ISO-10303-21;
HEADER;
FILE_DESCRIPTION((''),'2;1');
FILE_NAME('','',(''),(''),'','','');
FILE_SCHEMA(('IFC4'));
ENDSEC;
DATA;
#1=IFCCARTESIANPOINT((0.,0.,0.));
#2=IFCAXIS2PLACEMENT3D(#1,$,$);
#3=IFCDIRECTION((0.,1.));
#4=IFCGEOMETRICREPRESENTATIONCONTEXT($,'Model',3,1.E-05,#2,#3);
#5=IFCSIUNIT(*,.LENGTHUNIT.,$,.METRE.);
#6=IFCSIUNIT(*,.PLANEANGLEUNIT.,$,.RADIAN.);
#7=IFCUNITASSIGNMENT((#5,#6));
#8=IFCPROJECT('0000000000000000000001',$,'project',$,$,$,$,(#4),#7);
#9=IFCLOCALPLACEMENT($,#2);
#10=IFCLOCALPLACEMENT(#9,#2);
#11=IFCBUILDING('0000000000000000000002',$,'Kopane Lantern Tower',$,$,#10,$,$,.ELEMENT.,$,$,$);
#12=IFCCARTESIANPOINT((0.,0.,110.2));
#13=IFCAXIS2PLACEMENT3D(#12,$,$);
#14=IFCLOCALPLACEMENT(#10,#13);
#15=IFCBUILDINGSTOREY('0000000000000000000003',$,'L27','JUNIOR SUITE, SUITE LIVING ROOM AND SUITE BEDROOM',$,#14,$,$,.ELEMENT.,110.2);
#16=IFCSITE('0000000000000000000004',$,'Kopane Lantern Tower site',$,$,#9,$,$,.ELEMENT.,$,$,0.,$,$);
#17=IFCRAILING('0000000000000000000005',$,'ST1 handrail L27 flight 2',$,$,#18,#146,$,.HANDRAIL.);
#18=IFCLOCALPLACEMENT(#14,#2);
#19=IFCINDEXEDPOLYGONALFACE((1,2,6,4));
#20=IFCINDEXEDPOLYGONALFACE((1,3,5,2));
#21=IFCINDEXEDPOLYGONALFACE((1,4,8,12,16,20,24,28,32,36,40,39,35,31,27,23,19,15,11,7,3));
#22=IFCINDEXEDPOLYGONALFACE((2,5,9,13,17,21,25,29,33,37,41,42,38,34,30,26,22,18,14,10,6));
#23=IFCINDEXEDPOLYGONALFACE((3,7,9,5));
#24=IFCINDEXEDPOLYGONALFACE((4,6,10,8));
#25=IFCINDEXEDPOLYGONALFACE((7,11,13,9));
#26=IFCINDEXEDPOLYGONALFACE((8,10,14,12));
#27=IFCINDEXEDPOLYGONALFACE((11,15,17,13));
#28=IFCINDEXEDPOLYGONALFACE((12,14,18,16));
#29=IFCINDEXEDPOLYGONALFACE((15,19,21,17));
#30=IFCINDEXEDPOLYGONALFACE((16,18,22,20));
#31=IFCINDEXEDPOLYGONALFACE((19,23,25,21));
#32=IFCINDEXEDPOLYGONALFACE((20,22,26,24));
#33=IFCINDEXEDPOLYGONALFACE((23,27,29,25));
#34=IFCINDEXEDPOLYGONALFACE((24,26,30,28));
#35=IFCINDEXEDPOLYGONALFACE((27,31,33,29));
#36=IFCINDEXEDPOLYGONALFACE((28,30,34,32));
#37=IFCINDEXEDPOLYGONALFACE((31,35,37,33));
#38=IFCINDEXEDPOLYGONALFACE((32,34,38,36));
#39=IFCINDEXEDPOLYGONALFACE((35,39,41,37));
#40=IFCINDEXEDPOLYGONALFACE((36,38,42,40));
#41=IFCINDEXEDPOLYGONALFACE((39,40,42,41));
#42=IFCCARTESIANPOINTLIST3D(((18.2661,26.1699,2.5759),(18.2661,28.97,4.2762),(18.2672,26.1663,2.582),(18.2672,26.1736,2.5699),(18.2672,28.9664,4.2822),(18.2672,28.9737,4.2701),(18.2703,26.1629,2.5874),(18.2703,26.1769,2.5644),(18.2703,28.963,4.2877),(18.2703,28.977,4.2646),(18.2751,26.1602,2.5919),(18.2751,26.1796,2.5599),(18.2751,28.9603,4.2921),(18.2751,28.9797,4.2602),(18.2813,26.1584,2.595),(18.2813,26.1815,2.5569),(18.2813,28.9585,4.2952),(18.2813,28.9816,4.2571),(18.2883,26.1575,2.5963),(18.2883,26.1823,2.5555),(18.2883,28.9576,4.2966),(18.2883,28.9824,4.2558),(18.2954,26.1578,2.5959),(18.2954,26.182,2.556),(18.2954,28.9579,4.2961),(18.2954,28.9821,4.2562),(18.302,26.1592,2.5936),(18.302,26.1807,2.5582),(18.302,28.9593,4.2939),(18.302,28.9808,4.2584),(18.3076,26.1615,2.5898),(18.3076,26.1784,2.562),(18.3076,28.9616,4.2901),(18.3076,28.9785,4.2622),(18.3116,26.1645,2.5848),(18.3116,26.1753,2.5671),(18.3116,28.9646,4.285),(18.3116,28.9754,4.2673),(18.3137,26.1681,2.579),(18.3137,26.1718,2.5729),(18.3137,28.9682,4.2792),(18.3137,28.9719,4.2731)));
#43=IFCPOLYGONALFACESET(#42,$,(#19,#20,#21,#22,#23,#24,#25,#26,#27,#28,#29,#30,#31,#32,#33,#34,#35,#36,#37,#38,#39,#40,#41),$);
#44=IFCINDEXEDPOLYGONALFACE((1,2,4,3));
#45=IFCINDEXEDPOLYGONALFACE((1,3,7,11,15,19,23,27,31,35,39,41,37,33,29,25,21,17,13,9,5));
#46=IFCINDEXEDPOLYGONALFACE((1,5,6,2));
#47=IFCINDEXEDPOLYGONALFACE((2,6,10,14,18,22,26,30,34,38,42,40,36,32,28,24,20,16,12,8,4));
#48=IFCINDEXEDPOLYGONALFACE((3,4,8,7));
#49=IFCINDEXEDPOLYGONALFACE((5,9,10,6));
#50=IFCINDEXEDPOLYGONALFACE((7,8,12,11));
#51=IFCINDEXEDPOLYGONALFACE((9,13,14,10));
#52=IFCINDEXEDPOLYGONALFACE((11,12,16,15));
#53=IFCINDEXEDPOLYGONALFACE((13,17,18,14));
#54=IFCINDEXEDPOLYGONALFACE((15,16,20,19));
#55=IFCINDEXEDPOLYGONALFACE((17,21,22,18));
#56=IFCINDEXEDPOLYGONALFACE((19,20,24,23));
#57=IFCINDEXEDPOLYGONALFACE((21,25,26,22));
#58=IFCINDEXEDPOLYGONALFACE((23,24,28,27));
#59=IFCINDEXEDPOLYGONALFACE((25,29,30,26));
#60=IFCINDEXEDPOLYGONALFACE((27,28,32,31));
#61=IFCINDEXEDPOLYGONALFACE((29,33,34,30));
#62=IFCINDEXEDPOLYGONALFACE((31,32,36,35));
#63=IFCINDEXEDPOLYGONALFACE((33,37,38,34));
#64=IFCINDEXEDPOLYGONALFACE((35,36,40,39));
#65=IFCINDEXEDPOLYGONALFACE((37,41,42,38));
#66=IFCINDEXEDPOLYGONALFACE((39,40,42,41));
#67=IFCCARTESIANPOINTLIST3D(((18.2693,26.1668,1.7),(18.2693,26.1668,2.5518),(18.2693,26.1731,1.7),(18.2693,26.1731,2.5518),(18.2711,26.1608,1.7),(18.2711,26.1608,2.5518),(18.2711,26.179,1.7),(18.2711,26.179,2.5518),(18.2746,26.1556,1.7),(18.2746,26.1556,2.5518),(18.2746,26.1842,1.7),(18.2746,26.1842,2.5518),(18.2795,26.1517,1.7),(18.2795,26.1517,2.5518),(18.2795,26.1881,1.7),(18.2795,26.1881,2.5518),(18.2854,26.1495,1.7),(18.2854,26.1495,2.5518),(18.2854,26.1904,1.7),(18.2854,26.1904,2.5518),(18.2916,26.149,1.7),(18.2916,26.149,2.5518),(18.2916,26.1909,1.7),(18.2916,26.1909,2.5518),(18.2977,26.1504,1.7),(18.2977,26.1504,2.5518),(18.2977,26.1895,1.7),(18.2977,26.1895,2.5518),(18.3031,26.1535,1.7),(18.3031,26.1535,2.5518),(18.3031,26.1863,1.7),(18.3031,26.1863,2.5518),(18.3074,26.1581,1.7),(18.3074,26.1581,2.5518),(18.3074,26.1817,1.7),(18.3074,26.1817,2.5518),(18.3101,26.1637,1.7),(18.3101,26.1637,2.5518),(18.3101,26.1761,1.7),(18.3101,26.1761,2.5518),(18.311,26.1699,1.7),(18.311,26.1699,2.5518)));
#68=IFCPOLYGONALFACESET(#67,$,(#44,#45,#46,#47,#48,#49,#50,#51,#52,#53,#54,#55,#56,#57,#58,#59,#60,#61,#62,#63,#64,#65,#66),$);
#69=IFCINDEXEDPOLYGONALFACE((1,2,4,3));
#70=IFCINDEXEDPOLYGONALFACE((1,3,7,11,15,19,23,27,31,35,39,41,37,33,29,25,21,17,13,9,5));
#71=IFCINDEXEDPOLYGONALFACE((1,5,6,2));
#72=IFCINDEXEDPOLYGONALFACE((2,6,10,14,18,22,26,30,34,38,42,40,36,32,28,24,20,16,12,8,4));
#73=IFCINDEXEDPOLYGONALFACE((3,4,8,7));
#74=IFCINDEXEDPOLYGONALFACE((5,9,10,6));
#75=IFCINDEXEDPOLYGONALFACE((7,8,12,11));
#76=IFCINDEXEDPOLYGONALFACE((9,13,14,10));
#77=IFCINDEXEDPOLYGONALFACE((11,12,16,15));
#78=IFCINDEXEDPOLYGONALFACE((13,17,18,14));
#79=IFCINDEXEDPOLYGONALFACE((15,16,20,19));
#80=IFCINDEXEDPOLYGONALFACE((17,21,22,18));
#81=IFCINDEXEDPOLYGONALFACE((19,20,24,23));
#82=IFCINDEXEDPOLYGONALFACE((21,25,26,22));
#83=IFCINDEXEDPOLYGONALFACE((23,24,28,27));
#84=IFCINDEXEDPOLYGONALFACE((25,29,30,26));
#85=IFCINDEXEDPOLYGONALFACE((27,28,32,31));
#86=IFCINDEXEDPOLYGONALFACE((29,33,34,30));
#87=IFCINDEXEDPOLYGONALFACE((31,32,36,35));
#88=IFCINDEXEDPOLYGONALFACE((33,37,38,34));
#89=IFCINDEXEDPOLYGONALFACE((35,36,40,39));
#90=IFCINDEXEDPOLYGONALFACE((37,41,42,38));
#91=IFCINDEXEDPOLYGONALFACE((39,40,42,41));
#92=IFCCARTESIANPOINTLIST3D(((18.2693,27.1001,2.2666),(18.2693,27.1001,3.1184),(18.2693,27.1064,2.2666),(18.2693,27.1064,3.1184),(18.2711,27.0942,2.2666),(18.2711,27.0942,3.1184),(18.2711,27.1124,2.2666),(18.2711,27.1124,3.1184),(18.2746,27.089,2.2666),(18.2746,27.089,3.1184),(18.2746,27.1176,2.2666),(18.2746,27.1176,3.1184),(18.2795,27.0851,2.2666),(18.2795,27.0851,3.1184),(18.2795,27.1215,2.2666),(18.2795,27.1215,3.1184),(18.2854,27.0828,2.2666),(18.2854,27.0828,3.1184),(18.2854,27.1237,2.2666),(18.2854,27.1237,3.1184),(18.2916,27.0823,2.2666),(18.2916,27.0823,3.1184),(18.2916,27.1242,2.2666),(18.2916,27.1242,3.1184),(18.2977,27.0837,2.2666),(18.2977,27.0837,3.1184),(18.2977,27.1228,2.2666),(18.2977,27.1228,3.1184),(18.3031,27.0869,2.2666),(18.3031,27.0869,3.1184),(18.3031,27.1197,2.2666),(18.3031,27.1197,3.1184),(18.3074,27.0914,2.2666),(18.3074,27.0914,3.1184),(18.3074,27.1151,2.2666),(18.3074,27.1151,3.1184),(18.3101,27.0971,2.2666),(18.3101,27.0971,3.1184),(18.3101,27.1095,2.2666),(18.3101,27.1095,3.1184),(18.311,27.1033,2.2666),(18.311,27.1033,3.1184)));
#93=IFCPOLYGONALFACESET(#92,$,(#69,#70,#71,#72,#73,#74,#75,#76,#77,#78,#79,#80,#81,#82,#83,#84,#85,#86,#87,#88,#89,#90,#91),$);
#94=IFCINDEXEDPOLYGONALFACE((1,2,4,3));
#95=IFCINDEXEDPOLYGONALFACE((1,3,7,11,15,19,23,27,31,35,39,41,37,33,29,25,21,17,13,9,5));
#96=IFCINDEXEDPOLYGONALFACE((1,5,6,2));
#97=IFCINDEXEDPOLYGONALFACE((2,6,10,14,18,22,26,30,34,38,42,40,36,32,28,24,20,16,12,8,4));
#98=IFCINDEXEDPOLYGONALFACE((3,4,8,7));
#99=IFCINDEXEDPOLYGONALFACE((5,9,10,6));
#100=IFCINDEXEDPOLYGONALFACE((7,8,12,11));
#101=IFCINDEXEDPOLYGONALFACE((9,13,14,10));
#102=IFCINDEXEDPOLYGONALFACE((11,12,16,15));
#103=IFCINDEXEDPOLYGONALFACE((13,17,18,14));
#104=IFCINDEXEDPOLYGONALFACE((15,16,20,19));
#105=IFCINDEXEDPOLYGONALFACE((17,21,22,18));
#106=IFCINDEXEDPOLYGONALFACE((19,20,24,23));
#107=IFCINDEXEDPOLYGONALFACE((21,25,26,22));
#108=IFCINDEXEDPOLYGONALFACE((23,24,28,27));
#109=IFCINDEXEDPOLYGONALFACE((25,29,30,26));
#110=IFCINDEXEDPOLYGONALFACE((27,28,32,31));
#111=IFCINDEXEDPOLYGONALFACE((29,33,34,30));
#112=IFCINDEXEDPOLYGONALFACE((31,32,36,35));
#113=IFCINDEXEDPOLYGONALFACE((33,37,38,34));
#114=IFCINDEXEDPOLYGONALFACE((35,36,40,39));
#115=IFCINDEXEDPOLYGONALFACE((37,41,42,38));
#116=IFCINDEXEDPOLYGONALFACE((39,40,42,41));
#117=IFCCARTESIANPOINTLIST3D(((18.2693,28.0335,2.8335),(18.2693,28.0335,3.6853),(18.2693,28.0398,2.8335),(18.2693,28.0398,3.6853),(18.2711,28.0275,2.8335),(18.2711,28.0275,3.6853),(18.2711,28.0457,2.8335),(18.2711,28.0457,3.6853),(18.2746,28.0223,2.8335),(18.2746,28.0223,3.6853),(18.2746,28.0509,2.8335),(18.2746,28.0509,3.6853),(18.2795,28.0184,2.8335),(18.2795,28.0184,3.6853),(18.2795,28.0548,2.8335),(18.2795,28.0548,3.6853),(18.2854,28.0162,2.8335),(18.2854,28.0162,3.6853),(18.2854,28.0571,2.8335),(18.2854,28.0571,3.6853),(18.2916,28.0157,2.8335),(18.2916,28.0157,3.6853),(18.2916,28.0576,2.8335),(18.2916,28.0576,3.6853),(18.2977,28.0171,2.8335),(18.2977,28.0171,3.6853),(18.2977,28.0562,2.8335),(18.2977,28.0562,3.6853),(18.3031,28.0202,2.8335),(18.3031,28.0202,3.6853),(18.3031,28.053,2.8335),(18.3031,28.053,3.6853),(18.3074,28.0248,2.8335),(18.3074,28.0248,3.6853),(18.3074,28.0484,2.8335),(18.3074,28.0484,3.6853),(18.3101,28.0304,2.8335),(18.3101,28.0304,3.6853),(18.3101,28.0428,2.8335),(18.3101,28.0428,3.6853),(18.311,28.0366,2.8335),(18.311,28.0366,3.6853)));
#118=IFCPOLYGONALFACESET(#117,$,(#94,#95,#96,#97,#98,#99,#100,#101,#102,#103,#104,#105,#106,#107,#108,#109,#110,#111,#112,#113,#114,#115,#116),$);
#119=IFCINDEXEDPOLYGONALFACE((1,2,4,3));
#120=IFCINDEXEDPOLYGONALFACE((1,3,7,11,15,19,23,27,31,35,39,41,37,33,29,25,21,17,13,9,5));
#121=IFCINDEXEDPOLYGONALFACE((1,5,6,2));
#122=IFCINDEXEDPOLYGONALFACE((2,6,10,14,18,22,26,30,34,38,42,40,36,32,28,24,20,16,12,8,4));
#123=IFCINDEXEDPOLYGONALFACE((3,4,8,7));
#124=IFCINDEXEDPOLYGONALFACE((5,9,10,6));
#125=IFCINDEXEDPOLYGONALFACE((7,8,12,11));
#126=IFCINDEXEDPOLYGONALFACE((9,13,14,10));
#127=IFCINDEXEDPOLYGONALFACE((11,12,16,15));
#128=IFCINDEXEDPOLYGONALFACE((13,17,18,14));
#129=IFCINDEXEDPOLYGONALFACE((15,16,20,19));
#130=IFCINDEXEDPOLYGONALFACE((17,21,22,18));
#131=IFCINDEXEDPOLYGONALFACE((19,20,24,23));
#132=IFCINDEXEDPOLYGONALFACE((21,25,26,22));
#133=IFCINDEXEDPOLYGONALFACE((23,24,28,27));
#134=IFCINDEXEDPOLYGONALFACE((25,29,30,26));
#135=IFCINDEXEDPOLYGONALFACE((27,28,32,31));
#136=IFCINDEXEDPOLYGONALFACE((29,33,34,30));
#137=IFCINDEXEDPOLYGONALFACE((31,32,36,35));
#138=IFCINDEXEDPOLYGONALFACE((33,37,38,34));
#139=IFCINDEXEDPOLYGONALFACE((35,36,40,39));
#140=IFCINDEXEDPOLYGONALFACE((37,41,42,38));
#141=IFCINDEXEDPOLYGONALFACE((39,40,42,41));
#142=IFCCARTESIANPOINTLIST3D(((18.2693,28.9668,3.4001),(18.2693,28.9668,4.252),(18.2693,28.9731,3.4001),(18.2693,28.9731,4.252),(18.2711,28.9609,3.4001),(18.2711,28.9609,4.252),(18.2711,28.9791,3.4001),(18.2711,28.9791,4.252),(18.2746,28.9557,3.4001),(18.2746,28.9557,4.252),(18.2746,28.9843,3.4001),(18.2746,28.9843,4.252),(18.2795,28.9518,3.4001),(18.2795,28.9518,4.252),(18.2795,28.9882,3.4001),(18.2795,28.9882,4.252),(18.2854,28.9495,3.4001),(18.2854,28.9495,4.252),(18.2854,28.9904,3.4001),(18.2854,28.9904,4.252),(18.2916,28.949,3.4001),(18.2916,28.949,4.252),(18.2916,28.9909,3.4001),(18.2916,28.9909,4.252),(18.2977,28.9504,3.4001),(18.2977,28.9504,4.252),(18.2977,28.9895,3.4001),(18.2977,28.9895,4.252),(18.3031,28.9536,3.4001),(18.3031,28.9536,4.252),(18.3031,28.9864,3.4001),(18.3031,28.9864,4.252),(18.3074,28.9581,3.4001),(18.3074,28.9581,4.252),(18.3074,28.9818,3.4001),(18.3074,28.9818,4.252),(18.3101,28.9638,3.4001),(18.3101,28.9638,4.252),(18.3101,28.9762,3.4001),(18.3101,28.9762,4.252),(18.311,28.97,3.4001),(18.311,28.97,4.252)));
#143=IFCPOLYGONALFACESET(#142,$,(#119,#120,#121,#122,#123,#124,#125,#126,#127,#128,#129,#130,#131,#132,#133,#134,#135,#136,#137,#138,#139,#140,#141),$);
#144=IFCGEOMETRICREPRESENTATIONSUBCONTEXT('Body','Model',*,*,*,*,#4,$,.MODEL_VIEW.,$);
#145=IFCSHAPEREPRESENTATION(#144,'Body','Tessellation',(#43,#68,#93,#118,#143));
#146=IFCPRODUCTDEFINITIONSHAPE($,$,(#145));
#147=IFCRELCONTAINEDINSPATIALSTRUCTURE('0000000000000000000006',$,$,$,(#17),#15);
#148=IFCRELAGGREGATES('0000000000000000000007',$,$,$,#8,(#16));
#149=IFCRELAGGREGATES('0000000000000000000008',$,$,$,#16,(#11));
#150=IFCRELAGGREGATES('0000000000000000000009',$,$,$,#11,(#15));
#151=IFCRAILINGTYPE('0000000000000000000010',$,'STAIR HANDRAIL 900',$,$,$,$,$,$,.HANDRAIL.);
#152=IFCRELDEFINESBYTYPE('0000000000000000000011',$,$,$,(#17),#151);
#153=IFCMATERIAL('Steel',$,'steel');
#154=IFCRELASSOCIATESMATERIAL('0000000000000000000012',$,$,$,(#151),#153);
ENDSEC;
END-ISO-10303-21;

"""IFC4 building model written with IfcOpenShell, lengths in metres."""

from ifc_helpers import new_model, si_unit, direction, frame, origin, origin_2d, place, context, subcontext, project, spatial, circle, extrude, material, type_object, element, save


model = new_model("IFC4")

# Units and contexts
model_context = context("Model", 3, precision=1e-05, world=origin(), true_north=direction((0.0, 1.0)))
body_context = subcontext(model_context, "Body", "Model", "MODEL_VIEW")
ifc_project = project(units=[si_unit("LENGTHUNIT", "METRE"), si_unit("PLANEANGLEUNIT", "RADIAN")], contexts=[model_context])

# Site, building, storey
site_placement = place(None, origin())
site = spatial("IfcSite", under=ifc_project, at=site_placement, Name="Kopane Lantern Tower site", CompositionType="ELEMENT", RefElevation=0.0)
building_placement = place(site_placement, origin())
building = spatial("IfcBuilding", under=site, at=building_placement, Name="Kopane Lantern Tower", CompositionType="ELEMENT")
storey_placement = place(building_placement, frame((0.0, 0.0, 110.2)))
storey = spatial("IfcBuildingStorey", under=building, at=storey_placement, Name="L27", Description="JUNIOR SUITE, SUITE LIVING ROOM AND SUITE BEDROOM", CompositionType="ELEMENT", Elevation=110.2)

# Railing
ifc_material_1 = material(Name="Steel", Category="steel")
railing_type = type_object("IfcRailingType", Name="STAIR HANDRAIL 900", PredefinedType="HANDRAIL", material=ifc_material_1)
for number, where, name in (
    (1, (18.29, 26.1699, 1.7), "ST1 handrail L27 flight 2"),
):
    element("IfcRailing", number, at=place(storey_placement, frame(where)), inside=storey, type_object=railing_type, Name=name, PredefinedType="HANDRAIL", context=body_context, shape_type="SweptSolid", body=[
        extrude(circle(Radius=0.0239, at=origin_2d()), frame((0.0, 0.0, 0.876), z_axis=(0.0, 0.854765, 0.519015), x_axis=(-1.0, 0.0, 0.0)), (0.0, 0.0, 1.0), 3.2759),
        extrude(circle(Radius=0.021, at=origin_2d()), origin(), (0.0, 0.0, 1.0), 0.8518),
        extrude(circle(Radius=0.021, at=origin_2d()), frame((0.0, 0.9333, 0.5667)), (0.0, 0.0, 1.0), 0.8518),
        extrude(circle(Radius=0.021, at=origin_2d()), frame((0.0, 1.8667, 1.1335)), (0.0, 0.0, 1.0), 0.8518),
        extrude(circle(Radius=0.021, at=origin_2d()), frame((0.0, 2.8, 1.7002)), (0.0, 0.0, 1.0), 0.8518),
    ])

save(model, "model.ifc")
